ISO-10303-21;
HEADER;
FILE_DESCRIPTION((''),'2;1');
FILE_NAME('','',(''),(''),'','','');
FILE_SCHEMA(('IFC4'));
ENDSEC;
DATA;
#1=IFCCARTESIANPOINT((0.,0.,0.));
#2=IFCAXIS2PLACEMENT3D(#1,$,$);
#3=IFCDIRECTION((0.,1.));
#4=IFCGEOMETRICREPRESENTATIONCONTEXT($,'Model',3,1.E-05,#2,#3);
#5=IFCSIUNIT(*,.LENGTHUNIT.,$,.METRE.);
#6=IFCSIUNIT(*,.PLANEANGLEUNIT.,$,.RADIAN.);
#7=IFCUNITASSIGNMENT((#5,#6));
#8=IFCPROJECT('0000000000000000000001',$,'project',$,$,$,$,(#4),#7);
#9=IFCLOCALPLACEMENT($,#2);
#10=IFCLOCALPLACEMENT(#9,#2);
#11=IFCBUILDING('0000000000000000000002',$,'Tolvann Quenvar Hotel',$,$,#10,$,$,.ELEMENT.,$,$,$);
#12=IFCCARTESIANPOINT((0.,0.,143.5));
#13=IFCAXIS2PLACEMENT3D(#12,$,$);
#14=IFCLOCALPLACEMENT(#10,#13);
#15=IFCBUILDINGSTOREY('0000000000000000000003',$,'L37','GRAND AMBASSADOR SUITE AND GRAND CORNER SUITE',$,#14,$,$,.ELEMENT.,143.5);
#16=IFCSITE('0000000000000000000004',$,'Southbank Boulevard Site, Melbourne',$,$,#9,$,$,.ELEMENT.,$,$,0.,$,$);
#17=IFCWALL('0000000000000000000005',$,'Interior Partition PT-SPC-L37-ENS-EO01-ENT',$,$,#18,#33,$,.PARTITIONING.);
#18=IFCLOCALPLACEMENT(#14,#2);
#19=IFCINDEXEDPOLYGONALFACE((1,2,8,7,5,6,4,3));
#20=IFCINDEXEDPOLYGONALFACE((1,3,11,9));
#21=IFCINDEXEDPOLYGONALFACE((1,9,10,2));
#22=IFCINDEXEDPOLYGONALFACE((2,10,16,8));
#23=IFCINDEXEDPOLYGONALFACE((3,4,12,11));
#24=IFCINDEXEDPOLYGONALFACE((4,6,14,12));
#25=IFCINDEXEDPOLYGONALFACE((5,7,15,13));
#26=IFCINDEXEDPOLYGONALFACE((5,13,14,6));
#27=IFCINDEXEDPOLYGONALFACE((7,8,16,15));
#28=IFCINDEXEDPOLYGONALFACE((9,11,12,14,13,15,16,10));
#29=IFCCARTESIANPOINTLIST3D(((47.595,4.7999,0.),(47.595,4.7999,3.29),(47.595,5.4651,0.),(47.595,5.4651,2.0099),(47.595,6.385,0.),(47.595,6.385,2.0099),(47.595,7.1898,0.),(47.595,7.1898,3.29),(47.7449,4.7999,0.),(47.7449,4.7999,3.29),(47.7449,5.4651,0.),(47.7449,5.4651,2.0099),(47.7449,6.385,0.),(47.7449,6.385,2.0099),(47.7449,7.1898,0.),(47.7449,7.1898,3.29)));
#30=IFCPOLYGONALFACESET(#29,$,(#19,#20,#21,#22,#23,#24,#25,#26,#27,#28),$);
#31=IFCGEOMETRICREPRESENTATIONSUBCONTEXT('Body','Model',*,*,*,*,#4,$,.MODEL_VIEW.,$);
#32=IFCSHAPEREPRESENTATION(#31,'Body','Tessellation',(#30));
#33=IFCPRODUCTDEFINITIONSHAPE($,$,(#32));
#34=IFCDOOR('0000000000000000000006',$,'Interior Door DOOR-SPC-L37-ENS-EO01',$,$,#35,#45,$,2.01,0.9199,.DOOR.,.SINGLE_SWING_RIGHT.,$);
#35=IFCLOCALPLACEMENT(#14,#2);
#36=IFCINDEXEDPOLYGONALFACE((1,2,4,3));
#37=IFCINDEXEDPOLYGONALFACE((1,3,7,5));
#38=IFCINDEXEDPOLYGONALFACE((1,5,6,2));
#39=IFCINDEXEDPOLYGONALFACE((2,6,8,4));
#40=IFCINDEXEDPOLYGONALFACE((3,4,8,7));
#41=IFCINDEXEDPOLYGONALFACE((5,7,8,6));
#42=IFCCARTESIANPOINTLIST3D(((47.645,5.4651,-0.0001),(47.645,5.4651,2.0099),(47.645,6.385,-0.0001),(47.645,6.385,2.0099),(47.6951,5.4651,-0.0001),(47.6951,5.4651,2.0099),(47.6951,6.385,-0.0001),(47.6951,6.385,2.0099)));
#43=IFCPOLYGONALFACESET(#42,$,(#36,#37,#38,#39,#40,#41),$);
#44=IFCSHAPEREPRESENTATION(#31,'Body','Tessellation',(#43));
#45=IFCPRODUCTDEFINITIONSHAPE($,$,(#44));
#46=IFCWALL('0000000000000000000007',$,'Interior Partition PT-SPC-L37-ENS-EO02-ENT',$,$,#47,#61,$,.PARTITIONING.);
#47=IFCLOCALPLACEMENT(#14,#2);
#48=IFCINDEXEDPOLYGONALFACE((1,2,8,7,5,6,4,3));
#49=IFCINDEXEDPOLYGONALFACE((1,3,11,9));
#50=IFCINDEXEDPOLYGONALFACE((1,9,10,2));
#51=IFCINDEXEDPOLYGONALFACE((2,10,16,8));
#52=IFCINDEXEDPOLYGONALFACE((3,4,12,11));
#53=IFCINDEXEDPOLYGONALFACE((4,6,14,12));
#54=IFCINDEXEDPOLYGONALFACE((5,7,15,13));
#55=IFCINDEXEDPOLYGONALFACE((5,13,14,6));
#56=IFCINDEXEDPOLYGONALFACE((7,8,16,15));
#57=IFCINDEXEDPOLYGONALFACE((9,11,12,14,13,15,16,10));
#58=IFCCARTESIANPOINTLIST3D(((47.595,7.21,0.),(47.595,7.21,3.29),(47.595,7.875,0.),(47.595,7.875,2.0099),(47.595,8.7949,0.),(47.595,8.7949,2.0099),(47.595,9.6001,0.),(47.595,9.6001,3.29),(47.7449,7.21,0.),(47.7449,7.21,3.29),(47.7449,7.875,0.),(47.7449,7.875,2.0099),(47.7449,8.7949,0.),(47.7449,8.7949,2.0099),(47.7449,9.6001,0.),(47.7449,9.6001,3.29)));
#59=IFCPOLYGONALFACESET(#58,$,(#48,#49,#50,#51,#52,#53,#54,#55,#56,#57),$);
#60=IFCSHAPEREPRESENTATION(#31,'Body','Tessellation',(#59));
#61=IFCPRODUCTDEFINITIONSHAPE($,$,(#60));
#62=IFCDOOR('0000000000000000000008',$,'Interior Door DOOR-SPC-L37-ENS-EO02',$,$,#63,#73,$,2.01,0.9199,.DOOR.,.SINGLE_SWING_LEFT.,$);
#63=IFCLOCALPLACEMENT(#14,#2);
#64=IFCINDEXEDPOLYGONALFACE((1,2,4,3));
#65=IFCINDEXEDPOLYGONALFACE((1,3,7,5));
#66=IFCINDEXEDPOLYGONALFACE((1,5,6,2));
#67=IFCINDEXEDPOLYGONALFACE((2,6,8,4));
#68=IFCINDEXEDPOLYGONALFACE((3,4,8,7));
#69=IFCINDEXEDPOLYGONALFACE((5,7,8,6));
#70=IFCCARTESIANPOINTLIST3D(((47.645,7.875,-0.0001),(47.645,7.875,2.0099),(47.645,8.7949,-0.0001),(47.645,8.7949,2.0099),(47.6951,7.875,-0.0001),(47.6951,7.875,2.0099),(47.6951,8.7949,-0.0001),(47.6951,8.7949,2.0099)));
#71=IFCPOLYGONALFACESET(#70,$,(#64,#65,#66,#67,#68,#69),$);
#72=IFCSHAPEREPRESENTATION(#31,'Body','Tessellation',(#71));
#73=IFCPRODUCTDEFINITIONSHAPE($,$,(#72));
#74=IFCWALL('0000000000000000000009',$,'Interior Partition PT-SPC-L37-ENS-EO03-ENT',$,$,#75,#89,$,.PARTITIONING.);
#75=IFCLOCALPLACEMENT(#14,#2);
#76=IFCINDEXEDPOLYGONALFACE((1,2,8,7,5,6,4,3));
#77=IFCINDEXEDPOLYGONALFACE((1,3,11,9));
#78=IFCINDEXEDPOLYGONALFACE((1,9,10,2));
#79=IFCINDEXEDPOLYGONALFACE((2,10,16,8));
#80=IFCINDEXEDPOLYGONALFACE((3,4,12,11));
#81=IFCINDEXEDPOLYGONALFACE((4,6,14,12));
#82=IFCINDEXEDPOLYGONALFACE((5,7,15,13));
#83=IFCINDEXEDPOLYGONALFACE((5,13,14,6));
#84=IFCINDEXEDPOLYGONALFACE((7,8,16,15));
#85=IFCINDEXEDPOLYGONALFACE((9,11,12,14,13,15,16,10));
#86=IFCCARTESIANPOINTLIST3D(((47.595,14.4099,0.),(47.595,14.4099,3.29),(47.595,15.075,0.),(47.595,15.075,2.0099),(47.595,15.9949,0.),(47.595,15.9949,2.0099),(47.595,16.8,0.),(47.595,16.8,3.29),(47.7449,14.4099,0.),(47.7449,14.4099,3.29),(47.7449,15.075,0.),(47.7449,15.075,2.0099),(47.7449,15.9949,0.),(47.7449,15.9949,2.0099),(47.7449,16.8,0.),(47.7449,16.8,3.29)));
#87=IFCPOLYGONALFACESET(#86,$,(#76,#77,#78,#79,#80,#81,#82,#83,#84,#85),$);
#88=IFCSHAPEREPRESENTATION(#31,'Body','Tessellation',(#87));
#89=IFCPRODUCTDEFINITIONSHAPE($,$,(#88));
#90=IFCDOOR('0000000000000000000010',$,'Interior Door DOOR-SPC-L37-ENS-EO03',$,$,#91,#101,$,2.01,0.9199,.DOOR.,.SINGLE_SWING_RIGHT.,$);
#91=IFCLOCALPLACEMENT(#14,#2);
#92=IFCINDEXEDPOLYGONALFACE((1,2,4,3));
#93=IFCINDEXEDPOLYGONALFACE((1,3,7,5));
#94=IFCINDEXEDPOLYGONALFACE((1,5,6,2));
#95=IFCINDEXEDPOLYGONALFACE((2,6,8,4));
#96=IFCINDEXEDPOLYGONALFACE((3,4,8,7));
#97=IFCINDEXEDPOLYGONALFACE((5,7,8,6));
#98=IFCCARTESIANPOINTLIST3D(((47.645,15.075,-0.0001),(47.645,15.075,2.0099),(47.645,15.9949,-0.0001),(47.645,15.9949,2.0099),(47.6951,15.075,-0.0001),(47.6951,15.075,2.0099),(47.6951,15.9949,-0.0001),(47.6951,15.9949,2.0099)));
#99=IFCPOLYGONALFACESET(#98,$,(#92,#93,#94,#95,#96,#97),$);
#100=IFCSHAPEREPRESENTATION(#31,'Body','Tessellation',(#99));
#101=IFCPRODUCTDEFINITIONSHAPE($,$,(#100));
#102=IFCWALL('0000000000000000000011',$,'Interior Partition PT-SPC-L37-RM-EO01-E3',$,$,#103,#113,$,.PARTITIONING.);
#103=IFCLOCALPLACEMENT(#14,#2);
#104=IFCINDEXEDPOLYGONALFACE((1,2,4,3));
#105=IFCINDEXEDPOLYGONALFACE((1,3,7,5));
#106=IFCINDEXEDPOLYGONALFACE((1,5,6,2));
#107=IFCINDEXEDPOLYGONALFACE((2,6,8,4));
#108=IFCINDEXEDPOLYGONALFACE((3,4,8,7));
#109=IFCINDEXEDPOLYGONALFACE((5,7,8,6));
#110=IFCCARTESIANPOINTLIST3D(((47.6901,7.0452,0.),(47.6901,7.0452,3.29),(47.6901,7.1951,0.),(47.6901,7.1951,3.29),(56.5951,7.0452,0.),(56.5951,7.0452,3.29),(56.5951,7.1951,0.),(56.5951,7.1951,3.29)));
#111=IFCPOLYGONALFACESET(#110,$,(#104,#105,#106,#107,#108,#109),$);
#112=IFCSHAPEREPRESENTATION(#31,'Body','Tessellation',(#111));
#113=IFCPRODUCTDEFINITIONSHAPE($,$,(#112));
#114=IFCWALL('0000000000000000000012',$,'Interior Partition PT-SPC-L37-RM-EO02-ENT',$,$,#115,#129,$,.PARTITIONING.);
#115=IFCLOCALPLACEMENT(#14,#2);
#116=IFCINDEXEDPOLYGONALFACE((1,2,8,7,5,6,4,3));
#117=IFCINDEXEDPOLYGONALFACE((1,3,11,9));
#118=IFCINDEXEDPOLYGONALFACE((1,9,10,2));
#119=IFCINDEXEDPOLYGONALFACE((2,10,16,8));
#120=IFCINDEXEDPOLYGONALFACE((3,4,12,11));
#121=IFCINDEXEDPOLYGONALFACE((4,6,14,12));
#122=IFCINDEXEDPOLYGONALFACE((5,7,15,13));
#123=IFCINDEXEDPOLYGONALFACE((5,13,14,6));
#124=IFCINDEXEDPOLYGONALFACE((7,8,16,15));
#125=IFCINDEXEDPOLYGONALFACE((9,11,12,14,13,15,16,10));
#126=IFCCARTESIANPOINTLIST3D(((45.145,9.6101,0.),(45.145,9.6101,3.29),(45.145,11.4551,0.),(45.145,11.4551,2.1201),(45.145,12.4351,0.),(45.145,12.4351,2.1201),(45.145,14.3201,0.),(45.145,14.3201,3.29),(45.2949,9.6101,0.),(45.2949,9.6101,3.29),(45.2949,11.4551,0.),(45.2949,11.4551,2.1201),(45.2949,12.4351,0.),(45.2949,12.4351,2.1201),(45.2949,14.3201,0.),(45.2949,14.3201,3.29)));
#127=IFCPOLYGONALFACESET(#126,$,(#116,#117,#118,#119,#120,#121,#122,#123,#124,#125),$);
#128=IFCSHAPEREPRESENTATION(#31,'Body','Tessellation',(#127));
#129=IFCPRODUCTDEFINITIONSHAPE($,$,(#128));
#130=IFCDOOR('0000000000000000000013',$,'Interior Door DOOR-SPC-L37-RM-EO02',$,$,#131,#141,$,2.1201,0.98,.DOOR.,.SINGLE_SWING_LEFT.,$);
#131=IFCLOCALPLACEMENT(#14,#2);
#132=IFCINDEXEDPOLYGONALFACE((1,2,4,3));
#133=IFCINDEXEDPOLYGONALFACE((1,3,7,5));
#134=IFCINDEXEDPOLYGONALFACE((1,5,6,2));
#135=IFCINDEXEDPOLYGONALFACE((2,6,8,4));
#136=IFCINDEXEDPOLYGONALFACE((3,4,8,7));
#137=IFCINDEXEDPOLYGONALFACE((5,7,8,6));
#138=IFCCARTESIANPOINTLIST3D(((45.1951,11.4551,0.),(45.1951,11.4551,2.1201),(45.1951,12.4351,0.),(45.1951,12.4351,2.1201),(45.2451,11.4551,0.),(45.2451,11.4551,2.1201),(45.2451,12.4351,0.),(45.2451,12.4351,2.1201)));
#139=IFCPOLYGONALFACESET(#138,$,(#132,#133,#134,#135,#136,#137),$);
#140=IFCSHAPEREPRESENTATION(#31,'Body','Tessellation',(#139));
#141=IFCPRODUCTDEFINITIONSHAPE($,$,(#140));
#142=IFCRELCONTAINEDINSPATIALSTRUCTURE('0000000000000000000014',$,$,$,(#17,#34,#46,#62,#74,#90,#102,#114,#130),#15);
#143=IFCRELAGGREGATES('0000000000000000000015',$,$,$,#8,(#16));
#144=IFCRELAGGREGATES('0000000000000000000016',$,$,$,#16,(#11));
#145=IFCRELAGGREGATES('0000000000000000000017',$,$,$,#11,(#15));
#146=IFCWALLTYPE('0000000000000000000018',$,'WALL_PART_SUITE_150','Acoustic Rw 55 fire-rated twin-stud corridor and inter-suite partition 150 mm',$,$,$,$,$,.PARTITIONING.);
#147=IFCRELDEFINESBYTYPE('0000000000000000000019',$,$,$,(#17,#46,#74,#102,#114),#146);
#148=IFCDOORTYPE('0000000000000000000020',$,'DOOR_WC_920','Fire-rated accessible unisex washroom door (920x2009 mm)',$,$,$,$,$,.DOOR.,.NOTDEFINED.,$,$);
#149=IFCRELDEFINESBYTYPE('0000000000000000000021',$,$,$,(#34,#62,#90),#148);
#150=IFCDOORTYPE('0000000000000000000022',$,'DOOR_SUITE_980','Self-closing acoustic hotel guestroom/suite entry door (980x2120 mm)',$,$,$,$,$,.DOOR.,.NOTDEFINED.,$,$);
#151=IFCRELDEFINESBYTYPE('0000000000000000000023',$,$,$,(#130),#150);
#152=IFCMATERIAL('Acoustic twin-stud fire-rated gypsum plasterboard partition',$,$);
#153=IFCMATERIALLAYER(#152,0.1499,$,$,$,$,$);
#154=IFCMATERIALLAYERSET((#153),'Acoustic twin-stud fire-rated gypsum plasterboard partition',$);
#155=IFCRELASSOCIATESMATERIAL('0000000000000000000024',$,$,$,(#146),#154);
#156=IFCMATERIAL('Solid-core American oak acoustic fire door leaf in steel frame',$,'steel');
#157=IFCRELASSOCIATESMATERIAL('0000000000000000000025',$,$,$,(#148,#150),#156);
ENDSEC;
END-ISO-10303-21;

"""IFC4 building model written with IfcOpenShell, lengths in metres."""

from ifc_helpers import new_model, si_unit, direction, frame, frame_2d, origin, place, context, subcontext, project, spatial, rectangle, extrude, source, transform, mapped, material, layer, layer_set, type_object, type_shapes, element, fill, save


model = new_model("IFC4")

# Units and contexts
model_context = context("Model", 3, precision=1e-05, world=origin(), true_north=direction((0.0, 1.0)))
body_context = subcontext(model_context, "Body", "Model", "MODEL_VIEW")
ifc_project = project(units=[si_unit("LENGTHUNIT", "METRE"), si_unit("PLANEANGLEUNIT", "RADIAN")], contexts=[model_context])

# Site, building, storey
site_placement = place(None, origin())
site = spatial("IfcSite", under=ifc_project, at=site_placement, Name="Southbank Boulevard Site, Melbourne", CompositionType="ELEMENT", RefElevation=0.0)
building_placement = place(site_placement, origin())
building = spatial("IfcBuilding", under=site, at=building_placement, Name="Tolvann Quenvar Hotel", CompositionType="ELEMENT")
storey_placement = place(building_placement, frame((0.0, 0.0, 143.5)))
storey = spatial("IfcBuildingStorey", under=building, at=storey_placement, Name="L37", Description="GRAND AMBASSADOR SUITE AND GRAND CORNER SUITE", CompositionType="ELEMENT", Elevation=143.5)

# Walls, openings, doors
ifc_material_1 = material(Name="Acoustic twin-stud fire-rated gypsum plasterboard partition")
ifc_layer_1 = layer(ifc_material_1, 0.1499)
ifc_layer_set_1 = layer_set([ifc_layer_1], Name="Acoustic twin-stud fire-rated gypsum plasterboard partition")
wall_type_1 = type_object("IfcWallType", Name="WALL_PART_SUITE_150", Description="Acoustic Rw 55 fire-rated twin-stud corridor and inter-suite partition 150 mm", PredefinedType="PARTITIONING", material=ifc_layer_set_1)
wall_1_placement = place(storey_placement, frame((47.6699, 4.8, 0.0), z_axis=(0.0, 0.0, 1.0), x_axis=(0.0, 1.0, 0.0)))
wall_1 = element("IfcWall", 1, at=wall_1_placement, inside=storey, type_object=wall_type_1, Name="Interior Partition PT-SPC-L37-ENS-EO01-ENT", PredefinedType="PARTITIONING", context=body_context, shape_type="SweptSolid", body=[
    extrude(rectangle(XDim=2.3899, YDim=0.1499, at=frame_2d((1.1948, 0.0))), origin(), (0.0, 0.0, 1.0), 3.29),
])
opening_1_placement = place(wall_1_placement, frame((0.665, 0.0, 0.0)))
opening_1 = element("IfcOpeningElement", 2, at=opening_1_placement, cuts=wall_1, PredefinedType="OPENING", context=body_context, shape_type="SweptSolid", body=[
    extrude(rectangle(XDim=0.9199, YDim=2.01, at=frame_2d((0.46, 1.0049))), frame((0.0, 0.085, 0.0), z_axis=(0.0, -1.0, 0.0), x_axis=(1.0, 0.0, 0.0)), (0.0, 0.0, 1.0), 0.1699),
])
ifc_material_2 = material(Name="Solid-core American oak acoustic fire door leaf in steel frame", Category="steel")
door_type_1 = type_object("IfcDoorType", Name="DOOR_WC_920", Description="Fire-rated accessible unisex washroom door (920x2009 mm)", OperationType="NOTDEFINED", PredefinedType="DOOR", material=ifc_material_2)
shared_shape_1 = source(origin(), body_context, "Body", "SweptSolid", [
    extrude(rectangle(XDim=0.9199, YDim=2.01, at=frame_2d((0.46, 1.0049))), frame((0.0, 0.0249, 0.0), z_axis=(0.0, -1.0, 0.0), x_axis=(1.0, 0.0, 0.0)), (0.0, 0.0, 1.0), 0.05),
])
type_shapes(door_type_1, [shared_shape_1])
door_1_placement = place(opening_1_placement, origin())
door_1 = element("IfcDoor", 3, at=door_1_placement, inside=storey, type_object=door_type_1, Name="Interior Door DOOR-SPC-L37-ENS-EO01", OperationType="SINGLE_SWING_RIGHT", OverallHeight=2.01, OverallWidth=0.9199, PredefinedType="DOOR", context=body_context, shape_type="MappedRepresentation", body=[
    mapped(shared_shape_1, transform((0.0, 0.0, 0.0), x_axis=(1.0, 0.0, 0.0), y_axis=(0.0, 1.0, 0.0), z_axis=(0.0, 0.0, 1.0), scale=1.0)),
])
fill(opening_1, door_1)
wall_2_placement = place(storey_placement, frame((47.6699, 7.21, 0.0), z_axis=(0.0, 0.0, 1.0), x_axis=(0.0, 1.0, 0.0)))
wall_2 = element("IfcWall", 4, at=wall_2_placement, inside=storey, type_object=wall_type_1, Name="Interior Partition PT-SPC-L37-ENS-EO02-ENT", PredefinedType="PARTITIONING", context=body_context, shape_type="SweptSolid", body=[
    extrude(rectangle(XDim=2.3901, YDim=0.1499, at=frame_2d((1.1951, 0.0))), origin(), (0.0, 0.0, 1.0), 3.29),
])
opening_2_placement = place(wall_2_placement, frame((0.665, 0.0, 0.0)))
opening_2 = element("IfcOpeningElement", 5, at=opening_2_placement, cuts=wall_2, PredefinedType="OPENING", context=body_context, shape_type="SweptSolid", body=[
    extrude(rectangle(XDim=0.9199, YDim=2.01, at=frame_2d((0.46, 1.0049))), frame((0.0, 0.085, 0.0), z_axis=(0.0, -1.0, 0.0), x_axis=(1.0, 0.0, 0.0)), (0.0, 0.0, 1.0), 0.1699),
])
door_2_placement = place(opening_2_placement, origin())
door_2 = element("IfcDoor", 6, at=door_2_placement, inside=storey, type_object=door_type_1, Name="Interior Door DOOR-SPC-L37-ENS-EO02", OperationType="SINGLE_SWING_LEFT", OverallHeight=2.01, OverallWidth=0.9199, PredefinedType="DOOR", context=body_context, shape_type="MappedRepresentation", body=[
    mapped(shared_shape_1, transform((0.0, 0.0, 0.0), x_axis=(1.0, 0.0, 0.0), y_axis=(0.0, 1.0, 0.0), z_axis=(0.0, 0.0, 1.0), scale=1.0)),
])
fill(opening_2, door_2)
wall_3_placement = place(storey_placement, frame((47.6699, 14.4099, 0.0), z_axis=(0.0, 0.0, 1.0), x_axis=(0.0, 1.0, 0.0)))
wall_3 = element("IfcWall", 7, at=wall_3_placement, inside=storey, type_object=wall_type_1, Name="Interior Partition PT-SPC-L37-ENS-EO03-ENT", PredefinedType="PARTITIONING", context=body_context, shape_type="SweptSolid", body=[
    extrude(rectangle(XDim=2.3901, YDim=0.1499, at=frame_2d((1.1951, 0.0))), origin(), (0.0, 0.0, 1.0), 3.29),
])
opening_3_placement = place(wall_3_placement, frame((0.665, 0.0, 0.0)))
opening_3 = element("IfcOpeningElement", 8, at=opening_3_placement, cuts=wall_3, PredefinedType="OPENING", context=body_context, shape_type="SweptSolid", body=[
    extrude(rectangle(XDim=0.9199, YDim=2.01, at=frame_2d((0.46, 1.0049))), frame((0.0, 0.085, 0.0), z_axis=(0.0, -1.0, 0.0), x_axis=(1.0, 0.0, 0.0)), (0.0, 0.0, 1.0), 0.1699),
])
door_3_placement = place(opening_3_placement, origin())
door_3 = element("IfcDoor", 9, at=door_3_placement, inside=storey, type_object=door_type_1, Name="Interior Door DOOR-SPC-L37-ENS-EO03", OperationType="SINGLE_SWING_RIGHT", OverallHeight=2.01, OverallWidth=0.9199, PredefinedType="DOOR", context=body_context, shape_type="MappedRepresentation", body=[
    mapped(shared_shape_1, transform((0.0, 0.0, 0.0), x_axis=(1.0, 0.0, 0.0), y_axis=(0.0, 1.0, 0.0), z_axis=(0.0, 0.0, 1.0), scale=1.0)),
])
fill(opening_3, door_3)

# Wall
wall_4_placement = place(storey_placement, frame((47.6899, 7.1201, 0.0), z_axis=(0.0, 0.0, 1.0), x_axis=(1.0, 0.0, 0.0)))
element("IfcWall", 10, at=wall_4_placement, inside=storey, type_object=wall_type_1, Name="Interior Partition PT-SPC-L37-RM-EO01-E3", PredefinedType="PARTITIONING", context=body_context, shape_type="SweptSolid", body=[
    extrude(rectangle(XDim=8.905, YDim=0.1499, at=frame_2d((4.4526, 0.0))), origin(), (0.0, 0.0, 1.0), 3.29),
])

# Wall, opening, door
wall_5_placement = place(storey_placement, frame((45.22, 9.6101, 0.0), z_axis=(0.0, 0.0, 1.0), x_axis=(0.0, 1.0, 0.0)))
wall_5 = element("IfcWall", 11, at=wall_5_placement, inside=storey, type_object=wall_type_1, Name="Interior Partition PT-SPC-L37-RM-EO02-ENT", PredefinedType="PARTITIONING", context=body_context, shape_type="SweptSolid", body=[
    extrude(rectangle(XDim=4.71, YDim=0.1499, at=frame_2d((2.355, 0.0))), origin(), (0.0, 0.0, 1.0), 3.29),
])
opening_4_placement = place(wall_5_placement, frame((1.845, 0.0, 0.0)))
opening_4 = element("IfcOpeningElement", 12, at=opening_4_placement, cuts=wall_5, PredefinedType="OPENING", context=body_context, shape_type="SweptSolid", body=[
    extrude(rectangle(XDim=0.98, YDim=2.1201, at=frame_2d((0.49, 1.0601))), frame((0.0, 0.085, 0.0), z_axis=(0.0, -1.0, 0.0), x_axis=(1.0, 0.0, 0.0)), (0.0, 0.0, 1.0), 0.1699),
])
door_type_2 = type_object("IfcDoorType", Name="DOOR_SUITE_980", Description="Self-closing acoustic hotel guestroom/suite entry door (980x2120 mm)", OperationType="NOTDEFINED", PredefinedType="DOOR", material=ifc_material_2)
shared_shape_2 = source(origin(), body_context, "Body", "SweptSolid", [
    extrude(rectangle(XDim=0.98, YDim=2.1201, at=frame_2d((0.49, 1.0601))), frame((0.0, 0.0249, 0.0), z_axis=(0.0, -1.0, 0.0), x_axis=(1.0, 0.0, 0.0)), (0.0, 0.0, 1.0), 0.05),
])
type_shapes(door_type_2, [shared_shape_2])
door_4_placement = place(opening_4_placement, origin())
door_4 = element("IfcDoor", 13, at=door_4_placement, inside=storey, type_object=door_type_2, Name="Interior Door DOOR-SPC-L37-RM-EO02", OperationType="SINGLE_SWING_LEFT", OverallHeight=2.1201, OverallWidth=0.98, PredefinedType="DOOR", context=body_context, shape_type="MappedRepresentation", body=[
    mapped(shared_shape_2, transform((0.0, 0.0, 0.0), x_axis=(1.0, 0.0, 0.0), y_axis=(0.0, 1.0, 0.0), z_axis=(0.0, 0.0, 1.0), scale=1.0)),
])
fill(opening_4, door_4)

save(model, "model.ifc")
